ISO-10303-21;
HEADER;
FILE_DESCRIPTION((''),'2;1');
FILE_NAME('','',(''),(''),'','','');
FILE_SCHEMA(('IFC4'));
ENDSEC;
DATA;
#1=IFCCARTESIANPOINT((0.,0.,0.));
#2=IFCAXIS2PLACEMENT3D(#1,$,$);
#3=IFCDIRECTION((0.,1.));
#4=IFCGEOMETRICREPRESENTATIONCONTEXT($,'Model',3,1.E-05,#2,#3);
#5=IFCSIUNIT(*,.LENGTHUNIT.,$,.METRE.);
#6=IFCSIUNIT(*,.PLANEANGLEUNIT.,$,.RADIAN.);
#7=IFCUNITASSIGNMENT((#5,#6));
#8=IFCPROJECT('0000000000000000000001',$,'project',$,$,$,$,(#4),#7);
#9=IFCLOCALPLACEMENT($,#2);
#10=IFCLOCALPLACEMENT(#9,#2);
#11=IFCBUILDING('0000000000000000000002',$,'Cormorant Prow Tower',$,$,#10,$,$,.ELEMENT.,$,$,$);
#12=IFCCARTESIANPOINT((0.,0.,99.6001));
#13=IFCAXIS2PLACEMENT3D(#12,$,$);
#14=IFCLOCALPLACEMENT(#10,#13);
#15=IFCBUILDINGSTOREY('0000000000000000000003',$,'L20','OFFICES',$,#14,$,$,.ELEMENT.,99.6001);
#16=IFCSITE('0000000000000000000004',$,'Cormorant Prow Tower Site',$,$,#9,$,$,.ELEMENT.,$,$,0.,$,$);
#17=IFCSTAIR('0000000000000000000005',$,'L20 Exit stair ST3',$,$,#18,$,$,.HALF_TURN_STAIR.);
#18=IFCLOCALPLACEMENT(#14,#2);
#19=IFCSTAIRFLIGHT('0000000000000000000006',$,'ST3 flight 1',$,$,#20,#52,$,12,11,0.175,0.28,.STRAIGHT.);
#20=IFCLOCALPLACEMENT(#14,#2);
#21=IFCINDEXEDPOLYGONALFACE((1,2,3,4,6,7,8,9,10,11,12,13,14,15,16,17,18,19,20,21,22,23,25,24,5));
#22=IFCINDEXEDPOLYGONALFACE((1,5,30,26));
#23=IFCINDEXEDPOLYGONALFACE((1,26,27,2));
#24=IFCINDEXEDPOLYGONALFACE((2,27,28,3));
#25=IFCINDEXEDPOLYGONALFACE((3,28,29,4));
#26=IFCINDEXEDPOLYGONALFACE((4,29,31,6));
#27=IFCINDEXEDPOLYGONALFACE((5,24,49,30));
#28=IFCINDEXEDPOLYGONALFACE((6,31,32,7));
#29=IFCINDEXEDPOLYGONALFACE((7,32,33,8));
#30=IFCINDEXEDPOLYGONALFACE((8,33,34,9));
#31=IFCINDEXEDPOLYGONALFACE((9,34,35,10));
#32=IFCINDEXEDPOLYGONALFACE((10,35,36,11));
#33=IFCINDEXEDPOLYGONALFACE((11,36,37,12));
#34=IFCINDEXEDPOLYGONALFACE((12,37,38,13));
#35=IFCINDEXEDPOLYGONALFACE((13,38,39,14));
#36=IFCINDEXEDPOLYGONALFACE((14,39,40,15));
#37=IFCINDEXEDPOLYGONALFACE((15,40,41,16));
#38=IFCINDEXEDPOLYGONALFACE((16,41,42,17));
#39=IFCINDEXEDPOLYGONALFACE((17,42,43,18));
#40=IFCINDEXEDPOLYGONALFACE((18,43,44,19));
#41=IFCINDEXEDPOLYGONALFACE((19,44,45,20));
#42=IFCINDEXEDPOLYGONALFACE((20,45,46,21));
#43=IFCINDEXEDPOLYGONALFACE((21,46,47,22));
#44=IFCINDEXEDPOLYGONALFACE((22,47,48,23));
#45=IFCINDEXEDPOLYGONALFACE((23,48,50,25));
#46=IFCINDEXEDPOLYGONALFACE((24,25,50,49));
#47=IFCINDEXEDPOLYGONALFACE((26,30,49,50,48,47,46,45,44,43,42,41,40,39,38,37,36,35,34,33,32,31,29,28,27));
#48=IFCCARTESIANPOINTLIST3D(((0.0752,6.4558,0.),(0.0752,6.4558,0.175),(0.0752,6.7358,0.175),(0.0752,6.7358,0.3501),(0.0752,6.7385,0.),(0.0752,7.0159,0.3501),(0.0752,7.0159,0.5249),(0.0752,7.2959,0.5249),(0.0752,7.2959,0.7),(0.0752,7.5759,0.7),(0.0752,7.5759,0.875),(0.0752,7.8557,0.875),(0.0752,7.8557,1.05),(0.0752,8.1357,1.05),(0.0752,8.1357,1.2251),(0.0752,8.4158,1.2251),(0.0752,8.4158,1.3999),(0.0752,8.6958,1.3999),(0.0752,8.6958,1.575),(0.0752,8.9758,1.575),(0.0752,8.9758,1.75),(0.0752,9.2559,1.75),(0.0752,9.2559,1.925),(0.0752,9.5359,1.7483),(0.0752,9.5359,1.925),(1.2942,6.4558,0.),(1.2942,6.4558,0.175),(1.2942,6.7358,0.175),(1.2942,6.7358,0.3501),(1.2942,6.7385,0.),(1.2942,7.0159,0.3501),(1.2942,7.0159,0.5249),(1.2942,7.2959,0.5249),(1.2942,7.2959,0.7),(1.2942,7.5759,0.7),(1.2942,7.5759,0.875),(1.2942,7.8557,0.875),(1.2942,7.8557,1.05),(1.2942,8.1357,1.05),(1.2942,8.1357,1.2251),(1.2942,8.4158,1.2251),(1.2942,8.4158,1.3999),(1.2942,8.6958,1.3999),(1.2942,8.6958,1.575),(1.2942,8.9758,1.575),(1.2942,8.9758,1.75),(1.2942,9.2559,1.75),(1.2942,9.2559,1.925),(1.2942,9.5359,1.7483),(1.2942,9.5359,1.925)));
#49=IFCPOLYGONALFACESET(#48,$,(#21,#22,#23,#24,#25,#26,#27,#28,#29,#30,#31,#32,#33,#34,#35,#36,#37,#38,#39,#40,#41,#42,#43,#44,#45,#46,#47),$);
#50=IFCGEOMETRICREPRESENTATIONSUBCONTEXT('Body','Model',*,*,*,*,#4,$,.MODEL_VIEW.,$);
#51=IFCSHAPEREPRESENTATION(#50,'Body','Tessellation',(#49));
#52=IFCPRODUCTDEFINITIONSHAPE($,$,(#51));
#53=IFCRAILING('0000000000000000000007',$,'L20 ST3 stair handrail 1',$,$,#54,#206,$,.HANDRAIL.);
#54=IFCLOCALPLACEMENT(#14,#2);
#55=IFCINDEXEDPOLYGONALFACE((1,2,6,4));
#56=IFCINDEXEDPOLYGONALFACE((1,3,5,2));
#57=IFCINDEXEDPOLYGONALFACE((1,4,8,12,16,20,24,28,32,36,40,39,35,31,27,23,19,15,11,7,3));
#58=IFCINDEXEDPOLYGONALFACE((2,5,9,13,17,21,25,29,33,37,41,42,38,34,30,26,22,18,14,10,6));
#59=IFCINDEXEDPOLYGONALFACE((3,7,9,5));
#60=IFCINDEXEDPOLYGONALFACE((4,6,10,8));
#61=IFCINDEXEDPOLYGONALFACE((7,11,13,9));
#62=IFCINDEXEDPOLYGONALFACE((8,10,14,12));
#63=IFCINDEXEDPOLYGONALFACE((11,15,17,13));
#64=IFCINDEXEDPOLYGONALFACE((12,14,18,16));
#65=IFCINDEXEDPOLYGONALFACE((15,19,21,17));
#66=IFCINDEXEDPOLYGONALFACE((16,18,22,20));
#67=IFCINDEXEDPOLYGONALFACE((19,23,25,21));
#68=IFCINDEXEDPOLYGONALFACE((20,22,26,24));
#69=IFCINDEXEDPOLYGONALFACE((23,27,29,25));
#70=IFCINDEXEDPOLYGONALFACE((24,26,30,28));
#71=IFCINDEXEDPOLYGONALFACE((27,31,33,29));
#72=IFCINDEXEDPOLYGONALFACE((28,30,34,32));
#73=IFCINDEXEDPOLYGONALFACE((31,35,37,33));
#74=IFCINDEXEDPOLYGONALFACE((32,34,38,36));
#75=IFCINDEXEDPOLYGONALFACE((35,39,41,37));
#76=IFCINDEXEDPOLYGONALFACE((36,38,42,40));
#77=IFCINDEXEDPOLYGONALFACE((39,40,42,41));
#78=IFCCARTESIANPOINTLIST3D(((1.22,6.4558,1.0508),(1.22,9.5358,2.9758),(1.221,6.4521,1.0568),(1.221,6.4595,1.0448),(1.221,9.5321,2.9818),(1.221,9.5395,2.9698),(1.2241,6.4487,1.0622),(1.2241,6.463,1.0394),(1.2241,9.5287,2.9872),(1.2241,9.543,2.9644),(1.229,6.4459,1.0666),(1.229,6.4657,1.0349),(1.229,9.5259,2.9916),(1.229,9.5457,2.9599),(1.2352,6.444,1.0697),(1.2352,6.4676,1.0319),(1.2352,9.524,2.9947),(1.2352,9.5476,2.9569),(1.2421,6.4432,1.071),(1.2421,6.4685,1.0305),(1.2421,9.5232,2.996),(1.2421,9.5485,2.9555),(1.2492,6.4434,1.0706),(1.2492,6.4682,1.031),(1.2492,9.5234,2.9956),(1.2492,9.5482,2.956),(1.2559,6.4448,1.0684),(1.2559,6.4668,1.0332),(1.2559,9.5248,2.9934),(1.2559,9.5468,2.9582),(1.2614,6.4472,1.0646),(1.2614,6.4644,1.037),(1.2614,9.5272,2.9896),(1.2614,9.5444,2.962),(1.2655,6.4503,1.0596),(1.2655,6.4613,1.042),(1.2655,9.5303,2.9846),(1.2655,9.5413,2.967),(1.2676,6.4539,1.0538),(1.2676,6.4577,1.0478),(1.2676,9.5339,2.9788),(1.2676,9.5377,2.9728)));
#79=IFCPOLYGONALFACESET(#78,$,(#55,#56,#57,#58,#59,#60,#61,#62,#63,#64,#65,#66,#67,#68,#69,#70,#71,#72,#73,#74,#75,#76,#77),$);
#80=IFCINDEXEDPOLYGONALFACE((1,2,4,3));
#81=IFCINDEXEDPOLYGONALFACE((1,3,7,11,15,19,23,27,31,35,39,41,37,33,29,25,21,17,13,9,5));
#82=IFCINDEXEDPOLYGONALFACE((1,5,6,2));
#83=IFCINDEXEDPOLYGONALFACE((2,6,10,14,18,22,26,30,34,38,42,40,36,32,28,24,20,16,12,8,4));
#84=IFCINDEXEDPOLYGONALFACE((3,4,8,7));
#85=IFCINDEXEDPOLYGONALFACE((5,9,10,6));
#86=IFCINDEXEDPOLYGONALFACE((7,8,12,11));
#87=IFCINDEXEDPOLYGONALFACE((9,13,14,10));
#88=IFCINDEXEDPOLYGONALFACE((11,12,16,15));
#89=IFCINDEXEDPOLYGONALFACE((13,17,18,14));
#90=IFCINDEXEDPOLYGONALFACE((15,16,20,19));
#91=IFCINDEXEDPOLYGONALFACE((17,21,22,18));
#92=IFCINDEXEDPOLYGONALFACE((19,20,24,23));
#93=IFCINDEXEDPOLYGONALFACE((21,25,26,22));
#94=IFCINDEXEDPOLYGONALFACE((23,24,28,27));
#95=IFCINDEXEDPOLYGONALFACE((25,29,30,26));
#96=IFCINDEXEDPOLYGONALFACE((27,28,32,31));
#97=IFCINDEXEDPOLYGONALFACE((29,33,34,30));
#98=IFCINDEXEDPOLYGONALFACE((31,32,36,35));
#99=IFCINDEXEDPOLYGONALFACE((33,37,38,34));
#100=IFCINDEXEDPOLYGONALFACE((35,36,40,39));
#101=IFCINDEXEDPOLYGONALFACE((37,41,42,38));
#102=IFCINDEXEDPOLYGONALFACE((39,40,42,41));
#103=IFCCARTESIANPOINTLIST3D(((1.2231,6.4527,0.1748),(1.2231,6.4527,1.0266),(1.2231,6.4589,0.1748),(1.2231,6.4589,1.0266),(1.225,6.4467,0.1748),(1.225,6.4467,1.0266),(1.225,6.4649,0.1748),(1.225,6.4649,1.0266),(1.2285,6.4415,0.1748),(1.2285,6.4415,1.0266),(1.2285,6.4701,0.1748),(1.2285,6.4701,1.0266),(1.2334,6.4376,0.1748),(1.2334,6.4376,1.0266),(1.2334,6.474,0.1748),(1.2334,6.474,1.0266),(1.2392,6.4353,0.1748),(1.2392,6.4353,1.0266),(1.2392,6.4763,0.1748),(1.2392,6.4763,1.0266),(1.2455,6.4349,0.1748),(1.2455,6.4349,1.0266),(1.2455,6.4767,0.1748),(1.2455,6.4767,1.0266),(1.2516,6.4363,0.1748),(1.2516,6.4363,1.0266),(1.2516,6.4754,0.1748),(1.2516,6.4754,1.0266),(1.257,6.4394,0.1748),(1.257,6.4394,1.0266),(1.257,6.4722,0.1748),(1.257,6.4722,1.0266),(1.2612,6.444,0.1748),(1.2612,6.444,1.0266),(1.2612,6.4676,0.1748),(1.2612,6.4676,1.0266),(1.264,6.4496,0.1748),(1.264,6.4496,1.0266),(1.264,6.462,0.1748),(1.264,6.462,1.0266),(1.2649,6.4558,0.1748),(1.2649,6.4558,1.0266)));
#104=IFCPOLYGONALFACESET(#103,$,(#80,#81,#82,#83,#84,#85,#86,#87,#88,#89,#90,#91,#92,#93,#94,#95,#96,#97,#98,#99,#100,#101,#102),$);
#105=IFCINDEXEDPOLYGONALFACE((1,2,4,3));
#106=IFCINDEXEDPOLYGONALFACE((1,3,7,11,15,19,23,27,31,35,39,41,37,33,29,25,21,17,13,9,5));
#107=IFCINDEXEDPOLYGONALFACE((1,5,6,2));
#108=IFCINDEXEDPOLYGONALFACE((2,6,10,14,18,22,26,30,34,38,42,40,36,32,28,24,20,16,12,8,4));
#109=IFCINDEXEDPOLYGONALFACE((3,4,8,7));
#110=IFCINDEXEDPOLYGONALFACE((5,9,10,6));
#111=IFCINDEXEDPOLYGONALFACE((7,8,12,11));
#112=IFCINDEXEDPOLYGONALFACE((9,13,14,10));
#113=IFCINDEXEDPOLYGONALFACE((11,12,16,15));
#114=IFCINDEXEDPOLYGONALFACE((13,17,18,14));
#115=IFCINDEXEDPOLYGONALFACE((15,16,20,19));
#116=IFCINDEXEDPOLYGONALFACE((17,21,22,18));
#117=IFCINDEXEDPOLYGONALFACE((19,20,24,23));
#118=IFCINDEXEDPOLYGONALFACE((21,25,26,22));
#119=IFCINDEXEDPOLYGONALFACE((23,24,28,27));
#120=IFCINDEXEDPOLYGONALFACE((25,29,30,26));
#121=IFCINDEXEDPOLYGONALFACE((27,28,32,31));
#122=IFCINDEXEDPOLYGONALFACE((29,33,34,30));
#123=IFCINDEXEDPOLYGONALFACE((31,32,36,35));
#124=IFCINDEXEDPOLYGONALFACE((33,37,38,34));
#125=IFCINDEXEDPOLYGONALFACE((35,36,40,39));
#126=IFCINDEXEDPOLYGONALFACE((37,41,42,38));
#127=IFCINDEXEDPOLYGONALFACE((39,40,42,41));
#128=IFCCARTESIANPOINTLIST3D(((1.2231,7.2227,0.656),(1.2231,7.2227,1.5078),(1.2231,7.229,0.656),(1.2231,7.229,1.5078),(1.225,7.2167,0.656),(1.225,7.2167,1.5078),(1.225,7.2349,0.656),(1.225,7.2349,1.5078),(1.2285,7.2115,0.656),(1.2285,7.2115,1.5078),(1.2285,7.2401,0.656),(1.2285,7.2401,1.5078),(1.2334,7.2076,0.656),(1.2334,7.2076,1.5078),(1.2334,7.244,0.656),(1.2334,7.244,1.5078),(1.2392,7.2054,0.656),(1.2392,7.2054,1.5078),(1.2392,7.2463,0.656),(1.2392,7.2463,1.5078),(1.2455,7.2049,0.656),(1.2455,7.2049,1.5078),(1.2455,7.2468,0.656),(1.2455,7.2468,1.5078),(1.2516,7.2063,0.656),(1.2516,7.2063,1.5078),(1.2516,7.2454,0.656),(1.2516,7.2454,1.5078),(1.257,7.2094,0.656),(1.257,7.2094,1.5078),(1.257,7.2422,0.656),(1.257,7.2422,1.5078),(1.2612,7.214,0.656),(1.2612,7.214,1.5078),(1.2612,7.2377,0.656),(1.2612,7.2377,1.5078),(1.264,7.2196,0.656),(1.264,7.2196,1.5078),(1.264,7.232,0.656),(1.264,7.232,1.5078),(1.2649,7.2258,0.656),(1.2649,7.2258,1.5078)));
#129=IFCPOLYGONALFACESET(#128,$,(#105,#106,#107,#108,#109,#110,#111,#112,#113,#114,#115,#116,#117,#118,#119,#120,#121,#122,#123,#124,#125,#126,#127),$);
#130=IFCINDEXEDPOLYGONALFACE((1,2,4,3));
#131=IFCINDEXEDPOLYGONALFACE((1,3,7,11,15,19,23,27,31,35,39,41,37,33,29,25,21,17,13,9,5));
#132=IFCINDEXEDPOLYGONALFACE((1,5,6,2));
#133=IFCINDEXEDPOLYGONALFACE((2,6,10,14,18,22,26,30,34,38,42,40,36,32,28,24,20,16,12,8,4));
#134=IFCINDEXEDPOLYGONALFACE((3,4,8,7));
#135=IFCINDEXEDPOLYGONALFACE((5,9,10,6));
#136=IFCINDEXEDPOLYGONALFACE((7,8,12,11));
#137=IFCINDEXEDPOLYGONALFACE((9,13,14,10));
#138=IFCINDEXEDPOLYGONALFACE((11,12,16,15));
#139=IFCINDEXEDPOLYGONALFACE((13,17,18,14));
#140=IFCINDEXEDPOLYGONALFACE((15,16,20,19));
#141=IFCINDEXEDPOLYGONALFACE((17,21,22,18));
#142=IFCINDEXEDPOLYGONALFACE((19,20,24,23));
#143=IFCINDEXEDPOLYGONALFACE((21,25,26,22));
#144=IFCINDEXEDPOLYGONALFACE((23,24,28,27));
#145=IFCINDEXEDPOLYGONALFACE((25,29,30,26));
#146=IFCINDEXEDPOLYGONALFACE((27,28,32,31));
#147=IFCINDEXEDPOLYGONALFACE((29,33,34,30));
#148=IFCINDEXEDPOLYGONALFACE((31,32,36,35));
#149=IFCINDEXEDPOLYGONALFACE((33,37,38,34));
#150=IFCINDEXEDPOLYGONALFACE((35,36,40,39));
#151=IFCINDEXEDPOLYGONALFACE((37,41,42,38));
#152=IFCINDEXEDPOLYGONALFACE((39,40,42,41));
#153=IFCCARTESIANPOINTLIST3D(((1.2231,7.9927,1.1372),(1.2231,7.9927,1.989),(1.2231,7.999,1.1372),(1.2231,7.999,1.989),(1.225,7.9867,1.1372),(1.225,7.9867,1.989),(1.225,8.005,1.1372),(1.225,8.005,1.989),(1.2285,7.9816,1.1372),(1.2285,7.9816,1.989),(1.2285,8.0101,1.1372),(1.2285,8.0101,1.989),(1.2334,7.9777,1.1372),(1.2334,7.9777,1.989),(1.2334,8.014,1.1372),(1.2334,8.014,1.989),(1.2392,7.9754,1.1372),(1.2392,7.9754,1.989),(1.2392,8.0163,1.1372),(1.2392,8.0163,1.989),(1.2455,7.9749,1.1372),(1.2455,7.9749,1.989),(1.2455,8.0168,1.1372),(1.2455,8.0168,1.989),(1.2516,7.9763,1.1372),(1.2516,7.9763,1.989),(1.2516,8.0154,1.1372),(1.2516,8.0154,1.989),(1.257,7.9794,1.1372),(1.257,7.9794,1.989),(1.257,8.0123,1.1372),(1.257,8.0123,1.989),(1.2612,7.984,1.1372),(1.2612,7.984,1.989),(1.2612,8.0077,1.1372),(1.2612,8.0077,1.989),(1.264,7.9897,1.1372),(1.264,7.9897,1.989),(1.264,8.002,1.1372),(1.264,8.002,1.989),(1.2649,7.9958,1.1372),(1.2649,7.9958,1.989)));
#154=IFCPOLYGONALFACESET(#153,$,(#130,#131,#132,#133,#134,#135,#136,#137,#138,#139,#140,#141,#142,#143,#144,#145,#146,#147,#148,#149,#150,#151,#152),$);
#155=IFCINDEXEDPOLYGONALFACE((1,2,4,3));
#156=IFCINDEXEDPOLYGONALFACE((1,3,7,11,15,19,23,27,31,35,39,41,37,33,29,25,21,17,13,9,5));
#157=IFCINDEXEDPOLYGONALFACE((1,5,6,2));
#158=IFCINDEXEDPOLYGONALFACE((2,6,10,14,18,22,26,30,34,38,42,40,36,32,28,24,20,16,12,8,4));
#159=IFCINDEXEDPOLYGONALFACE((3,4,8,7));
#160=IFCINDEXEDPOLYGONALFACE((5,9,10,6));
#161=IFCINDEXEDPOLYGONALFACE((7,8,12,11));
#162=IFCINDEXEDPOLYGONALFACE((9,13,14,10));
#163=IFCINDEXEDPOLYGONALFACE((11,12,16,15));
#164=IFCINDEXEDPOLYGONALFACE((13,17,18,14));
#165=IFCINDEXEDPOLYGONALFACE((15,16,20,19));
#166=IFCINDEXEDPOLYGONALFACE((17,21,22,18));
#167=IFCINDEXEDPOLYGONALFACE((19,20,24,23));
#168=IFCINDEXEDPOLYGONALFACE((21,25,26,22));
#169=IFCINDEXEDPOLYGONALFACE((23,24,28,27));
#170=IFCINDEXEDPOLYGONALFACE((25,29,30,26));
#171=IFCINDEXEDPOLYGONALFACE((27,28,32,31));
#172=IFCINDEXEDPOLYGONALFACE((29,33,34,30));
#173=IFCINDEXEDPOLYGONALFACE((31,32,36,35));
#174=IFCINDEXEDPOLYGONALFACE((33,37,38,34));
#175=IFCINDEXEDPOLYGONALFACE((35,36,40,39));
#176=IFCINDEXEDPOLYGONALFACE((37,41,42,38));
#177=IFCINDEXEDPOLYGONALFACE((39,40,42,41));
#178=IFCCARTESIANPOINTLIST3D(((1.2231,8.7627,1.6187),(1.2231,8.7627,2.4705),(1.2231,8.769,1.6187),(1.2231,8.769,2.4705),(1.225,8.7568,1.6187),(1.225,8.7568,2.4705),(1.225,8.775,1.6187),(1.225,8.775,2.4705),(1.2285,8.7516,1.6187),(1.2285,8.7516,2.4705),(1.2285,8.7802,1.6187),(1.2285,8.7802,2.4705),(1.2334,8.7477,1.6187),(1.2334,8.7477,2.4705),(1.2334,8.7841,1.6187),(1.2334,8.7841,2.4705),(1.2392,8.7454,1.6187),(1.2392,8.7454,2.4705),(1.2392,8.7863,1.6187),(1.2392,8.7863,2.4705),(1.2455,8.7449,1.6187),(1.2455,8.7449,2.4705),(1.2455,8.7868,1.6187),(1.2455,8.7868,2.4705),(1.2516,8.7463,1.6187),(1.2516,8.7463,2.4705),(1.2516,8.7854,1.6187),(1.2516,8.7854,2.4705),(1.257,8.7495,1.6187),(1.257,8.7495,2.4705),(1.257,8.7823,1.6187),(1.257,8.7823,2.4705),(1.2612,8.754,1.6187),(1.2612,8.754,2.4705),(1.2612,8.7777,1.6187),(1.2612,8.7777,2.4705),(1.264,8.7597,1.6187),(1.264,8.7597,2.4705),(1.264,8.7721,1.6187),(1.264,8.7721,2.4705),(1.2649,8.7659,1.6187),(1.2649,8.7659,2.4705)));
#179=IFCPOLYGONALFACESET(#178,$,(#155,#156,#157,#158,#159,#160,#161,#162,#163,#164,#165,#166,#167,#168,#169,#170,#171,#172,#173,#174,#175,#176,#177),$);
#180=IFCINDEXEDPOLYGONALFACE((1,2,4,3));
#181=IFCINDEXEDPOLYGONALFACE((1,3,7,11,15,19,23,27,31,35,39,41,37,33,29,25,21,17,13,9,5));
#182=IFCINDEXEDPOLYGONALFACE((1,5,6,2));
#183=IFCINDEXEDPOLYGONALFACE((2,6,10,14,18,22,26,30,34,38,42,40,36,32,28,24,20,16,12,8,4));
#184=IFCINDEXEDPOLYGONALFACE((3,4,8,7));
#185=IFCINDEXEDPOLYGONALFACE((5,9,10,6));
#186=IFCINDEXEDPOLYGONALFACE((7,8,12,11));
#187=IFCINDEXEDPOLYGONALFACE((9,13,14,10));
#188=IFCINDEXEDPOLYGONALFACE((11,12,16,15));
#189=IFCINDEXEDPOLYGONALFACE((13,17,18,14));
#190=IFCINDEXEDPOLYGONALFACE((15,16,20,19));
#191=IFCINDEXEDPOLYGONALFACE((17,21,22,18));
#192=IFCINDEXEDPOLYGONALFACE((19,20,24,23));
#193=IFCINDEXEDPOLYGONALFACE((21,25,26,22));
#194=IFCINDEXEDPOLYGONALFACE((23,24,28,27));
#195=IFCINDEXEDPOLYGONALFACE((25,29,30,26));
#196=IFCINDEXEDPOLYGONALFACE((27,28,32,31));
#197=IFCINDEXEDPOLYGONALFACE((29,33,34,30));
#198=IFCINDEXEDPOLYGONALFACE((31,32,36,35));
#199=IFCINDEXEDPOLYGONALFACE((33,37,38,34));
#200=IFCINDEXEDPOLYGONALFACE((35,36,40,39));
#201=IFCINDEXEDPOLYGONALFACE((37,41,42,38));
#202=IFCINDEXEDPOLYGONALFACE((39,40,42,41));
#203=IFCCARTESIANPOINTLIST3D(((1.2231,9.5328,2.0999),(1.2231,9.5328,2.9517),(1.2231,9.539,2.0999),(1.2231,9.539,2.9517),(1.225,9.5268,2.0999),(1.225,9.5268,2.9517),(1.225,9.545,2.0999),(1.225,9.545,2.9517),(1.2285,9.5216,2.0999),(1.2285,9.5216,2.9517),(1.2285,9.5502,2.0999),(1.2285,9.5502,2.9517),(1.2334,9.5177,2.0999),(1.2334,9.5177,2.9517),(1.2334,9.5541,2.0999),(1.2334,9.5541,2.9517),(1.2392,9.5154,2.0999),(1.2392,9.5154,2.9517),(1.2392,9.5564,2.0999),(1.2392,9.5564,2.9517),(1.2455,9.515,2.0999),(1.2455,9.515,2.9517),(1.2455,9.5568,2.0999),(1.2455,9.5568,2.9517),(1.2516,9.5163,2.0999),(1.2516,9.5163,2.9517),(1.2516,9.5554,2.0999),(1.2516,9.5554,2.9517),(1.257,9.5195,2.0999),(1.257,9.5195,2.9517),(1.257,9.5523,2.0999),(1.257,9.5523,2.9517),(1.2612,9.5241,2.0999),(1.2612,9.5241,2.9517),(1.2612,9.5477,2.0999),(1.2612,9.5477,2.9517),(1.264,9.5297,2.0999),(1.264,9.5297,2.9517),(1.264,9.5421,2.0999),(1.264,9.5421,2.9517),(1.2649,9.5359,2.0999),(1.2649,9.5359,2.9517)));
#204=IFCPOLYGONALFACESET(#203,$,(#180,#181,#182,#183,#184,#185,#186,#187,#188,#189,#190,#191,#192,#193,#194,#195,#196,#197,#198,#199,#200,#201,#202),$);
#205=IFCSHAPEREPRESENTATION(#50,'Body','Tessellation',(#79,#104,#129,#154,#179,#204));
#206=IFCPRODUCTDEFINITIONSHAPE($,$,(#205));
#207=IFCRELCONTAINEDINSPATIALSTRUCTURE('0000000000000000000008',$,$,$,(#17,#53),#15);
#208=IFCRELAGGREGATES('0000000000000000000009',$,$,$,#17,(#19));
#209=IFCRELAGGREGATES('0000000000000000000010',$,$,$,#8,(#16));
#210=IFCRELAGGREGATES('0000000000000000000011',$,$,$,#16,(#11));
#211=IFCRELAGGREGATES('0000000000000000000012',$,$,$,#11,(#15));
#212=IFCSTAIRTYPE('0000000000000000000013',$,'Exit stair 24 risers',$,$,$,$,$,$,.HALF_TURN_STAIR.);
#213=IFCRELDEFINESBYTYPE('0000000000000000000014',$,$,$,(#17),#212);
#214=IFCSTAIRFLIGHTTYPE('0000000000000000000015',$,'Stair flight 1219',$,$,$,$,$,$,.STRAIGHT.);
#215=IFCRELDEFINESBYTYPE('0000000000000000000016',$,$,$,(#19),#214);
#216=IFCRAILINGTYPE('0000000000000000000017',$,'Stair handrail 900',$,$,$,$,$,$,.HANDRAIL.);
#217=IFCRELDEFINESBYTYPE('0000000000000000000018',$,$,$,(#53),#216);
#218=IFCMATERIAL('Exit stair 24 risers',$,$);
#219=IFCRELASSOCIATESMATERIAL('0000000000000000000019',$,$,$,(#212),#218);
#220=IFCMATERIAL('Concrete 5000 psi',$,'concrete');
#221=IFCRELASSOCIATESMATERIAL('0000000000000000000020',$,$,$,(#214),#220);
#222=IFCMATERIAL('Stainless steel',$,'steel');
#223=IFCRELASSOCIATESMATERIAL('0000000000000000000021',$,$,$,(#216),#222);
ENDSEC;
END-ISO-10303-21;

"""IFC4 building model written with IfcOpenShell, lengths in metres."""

from ifc_helpers import new_model, si_unit, direction, frame, origin, origin_2d, place, context, subcontext, project, spatial, polyline, circle, outline, extrude, material, type_object, element, aggregate, save


model = new_model("IFC4")

# Units and contexts
model_context = context("Model", 3, precision=1e-05, world=origin(), true_north=direction((0.0, 1.0)))
body_context = subcontext(model_context, "Body", "Model", "MODEL_VIEW")
ifc_project = project(units=[si_unit("LENGTHUNIT", "METRE"), si_unit("PLANEANGLEUNIT", "RADIAN")], contexts=[model_context])

# Site, building, storey
site_placement = place(None, origin())
site = spatial("IfcSite", under=ifc_project, at=site_placement, Name="Cormorant Prow Tower Site", CompositionType="ELEMENT", RefElevation=0.0)
building_placement = place(site_placement, origin())
building = spatial("IfcBuilding", under=site, at=building_placement, Name="Cormorant Prow Tower", CompositionType="ELEMENT")
storey_placement = place(building_placement, frame((0.0, 0.0, 99.6001)))
storey = spatial("IfcBuildingStorey", under=building, at=storey_placement, Name="L20", Description="OFFICES", CompositionType="ELEMENT", Elevation=99.6001)

# Stair, stair flight
ifc_material_1 = material(Name="Exit stair 24 risers")
stair_type = type_object("IfcStairType", Name="Exit stair 24 risers", PredefinedType="HALF_TURN_STAIR", material=ifc_material_1)
stair_placement = place(storey_placement, origin())
stair = element("IfcStair", 1, at=stair_placement, inside=storey, type_object=stair_type, Name="L20 Exit stair ST3", PredefinedType="HALF_TURN_STAIR")
ifc_material_2 = material(Name="Concrete 5000 psi", Category="concrete")
stair_flight_type = type_object("IfcStairFlightType", Name="Stair flight 1219", PredefinedType="STRAIGHT", material=ifc_material_2)
stair_flight_placement = place(storey_placement, frame((0.6846, 6.4558, 0.0), z_axis=(0.0, 0.0, 1.0), x_axis=(0.0, 1.0, 0.0)))
stair_flight = element("IfcStairFlight", 2, at=stair_flight_placement, type_object=stair_flight_type, Name="ST3 flight 1", NumberOfRisers=12, NumberOfTreads=11, PredefinedType="STRAIGHT", RiserHeight=0.175, TreadLength=0.28, context=body_context, shape_type="SweptSolid", body=[
    extrude(outline(polyline([(0.0, 0.0), (0.0, 0.175), (0.28, 0.175), (0.28, 0.3501), (0.5601, 0.3501), (0.5601, 0.5249), (0.8401, 0.5249), (0.8401, 0.7), (1.1201, 0.7), (1.1201, 0.875), (1.3999, 0.875), (1.3999, 1.05), (1.6799, 1.05), (1.6799, 1.2251), (1.96, 1.2251), (1.96, 1.3999), (2.24, 1.3999), (2.24, 1.575), (2.52, 1.575), (2.52, 1.75), (2.8, 1.75), (2.8, 1.925), (3.0801, 1.925), (3.0801, 2.1001), (3.0801, 1.7483), (0.2827, 0.0), (0.0, 0.0)])), frame((0.0, 0.6094, 0.0), z_axis=(0.0, -1.0, 0.0), x_axis=(1.0, 0.0, 0.0)), (0.0, 0.0, 1.0), 1.219),
])
aggregate(stair, [stair_flight])

# Railing
ifc_material_3 = material(Name="Stainless steel", Category="steel")
railing_type_1 = type_object("IfcRailingType", Name="Stair handrail 900", PredefinedType="HANDRAIL", material=ifc_material_3)
railing_1_placement = place(storey_placement, frame((1.2439, 6.4558, 0.1748)))
element("IfcRailing", 3, at=railing_1_placement, inside=storey, type_object=railing_type_1, Name="L20 ST3 stair handrail 1", PredefinedType="HANDRAIL", context=body_context, shape_type="SweptSolid", body=[
    extrude(circle(Radius=0.0239, at=origin_2d()), frame((0.0, 0.0, 0.876), z_axis=(0.0, 0.847998, 0.529999), x_axis=(-1.0, 0.0, 0.0)), (0.0, 0.0, 1.0), 3.6321),
    extrude(circle(Radius=0.021, at=origin_2d()), origin(), (0.0, 0.0, 1.0), 0.8518),
    extrude(circle(Radius=0.021, at=origin_2d()), frame((0.0, 0.77, 0.4812)), (0.0, 0.0, 1.0), 0.8518),
    extrude(circle(Radius=0.021, at=origin_2d()), frame((0.0, 1.54, 0.9624)), (0.0, 0.0, 1.0), 0.8518),
    extrude(circle(Radius=0.021, at=origin_2d()), frame((0.0, 2.3101, 1.4438)), (0.0, 0.0, 1.0), 0.8518),
    extrude(circle(Radius=0.021, at=origin_2d()), frame((0.0, 3.0801, 1.925)), (0.0, 0.0, 1.0), 0.8518),
])

save(model, "model.ifc")
